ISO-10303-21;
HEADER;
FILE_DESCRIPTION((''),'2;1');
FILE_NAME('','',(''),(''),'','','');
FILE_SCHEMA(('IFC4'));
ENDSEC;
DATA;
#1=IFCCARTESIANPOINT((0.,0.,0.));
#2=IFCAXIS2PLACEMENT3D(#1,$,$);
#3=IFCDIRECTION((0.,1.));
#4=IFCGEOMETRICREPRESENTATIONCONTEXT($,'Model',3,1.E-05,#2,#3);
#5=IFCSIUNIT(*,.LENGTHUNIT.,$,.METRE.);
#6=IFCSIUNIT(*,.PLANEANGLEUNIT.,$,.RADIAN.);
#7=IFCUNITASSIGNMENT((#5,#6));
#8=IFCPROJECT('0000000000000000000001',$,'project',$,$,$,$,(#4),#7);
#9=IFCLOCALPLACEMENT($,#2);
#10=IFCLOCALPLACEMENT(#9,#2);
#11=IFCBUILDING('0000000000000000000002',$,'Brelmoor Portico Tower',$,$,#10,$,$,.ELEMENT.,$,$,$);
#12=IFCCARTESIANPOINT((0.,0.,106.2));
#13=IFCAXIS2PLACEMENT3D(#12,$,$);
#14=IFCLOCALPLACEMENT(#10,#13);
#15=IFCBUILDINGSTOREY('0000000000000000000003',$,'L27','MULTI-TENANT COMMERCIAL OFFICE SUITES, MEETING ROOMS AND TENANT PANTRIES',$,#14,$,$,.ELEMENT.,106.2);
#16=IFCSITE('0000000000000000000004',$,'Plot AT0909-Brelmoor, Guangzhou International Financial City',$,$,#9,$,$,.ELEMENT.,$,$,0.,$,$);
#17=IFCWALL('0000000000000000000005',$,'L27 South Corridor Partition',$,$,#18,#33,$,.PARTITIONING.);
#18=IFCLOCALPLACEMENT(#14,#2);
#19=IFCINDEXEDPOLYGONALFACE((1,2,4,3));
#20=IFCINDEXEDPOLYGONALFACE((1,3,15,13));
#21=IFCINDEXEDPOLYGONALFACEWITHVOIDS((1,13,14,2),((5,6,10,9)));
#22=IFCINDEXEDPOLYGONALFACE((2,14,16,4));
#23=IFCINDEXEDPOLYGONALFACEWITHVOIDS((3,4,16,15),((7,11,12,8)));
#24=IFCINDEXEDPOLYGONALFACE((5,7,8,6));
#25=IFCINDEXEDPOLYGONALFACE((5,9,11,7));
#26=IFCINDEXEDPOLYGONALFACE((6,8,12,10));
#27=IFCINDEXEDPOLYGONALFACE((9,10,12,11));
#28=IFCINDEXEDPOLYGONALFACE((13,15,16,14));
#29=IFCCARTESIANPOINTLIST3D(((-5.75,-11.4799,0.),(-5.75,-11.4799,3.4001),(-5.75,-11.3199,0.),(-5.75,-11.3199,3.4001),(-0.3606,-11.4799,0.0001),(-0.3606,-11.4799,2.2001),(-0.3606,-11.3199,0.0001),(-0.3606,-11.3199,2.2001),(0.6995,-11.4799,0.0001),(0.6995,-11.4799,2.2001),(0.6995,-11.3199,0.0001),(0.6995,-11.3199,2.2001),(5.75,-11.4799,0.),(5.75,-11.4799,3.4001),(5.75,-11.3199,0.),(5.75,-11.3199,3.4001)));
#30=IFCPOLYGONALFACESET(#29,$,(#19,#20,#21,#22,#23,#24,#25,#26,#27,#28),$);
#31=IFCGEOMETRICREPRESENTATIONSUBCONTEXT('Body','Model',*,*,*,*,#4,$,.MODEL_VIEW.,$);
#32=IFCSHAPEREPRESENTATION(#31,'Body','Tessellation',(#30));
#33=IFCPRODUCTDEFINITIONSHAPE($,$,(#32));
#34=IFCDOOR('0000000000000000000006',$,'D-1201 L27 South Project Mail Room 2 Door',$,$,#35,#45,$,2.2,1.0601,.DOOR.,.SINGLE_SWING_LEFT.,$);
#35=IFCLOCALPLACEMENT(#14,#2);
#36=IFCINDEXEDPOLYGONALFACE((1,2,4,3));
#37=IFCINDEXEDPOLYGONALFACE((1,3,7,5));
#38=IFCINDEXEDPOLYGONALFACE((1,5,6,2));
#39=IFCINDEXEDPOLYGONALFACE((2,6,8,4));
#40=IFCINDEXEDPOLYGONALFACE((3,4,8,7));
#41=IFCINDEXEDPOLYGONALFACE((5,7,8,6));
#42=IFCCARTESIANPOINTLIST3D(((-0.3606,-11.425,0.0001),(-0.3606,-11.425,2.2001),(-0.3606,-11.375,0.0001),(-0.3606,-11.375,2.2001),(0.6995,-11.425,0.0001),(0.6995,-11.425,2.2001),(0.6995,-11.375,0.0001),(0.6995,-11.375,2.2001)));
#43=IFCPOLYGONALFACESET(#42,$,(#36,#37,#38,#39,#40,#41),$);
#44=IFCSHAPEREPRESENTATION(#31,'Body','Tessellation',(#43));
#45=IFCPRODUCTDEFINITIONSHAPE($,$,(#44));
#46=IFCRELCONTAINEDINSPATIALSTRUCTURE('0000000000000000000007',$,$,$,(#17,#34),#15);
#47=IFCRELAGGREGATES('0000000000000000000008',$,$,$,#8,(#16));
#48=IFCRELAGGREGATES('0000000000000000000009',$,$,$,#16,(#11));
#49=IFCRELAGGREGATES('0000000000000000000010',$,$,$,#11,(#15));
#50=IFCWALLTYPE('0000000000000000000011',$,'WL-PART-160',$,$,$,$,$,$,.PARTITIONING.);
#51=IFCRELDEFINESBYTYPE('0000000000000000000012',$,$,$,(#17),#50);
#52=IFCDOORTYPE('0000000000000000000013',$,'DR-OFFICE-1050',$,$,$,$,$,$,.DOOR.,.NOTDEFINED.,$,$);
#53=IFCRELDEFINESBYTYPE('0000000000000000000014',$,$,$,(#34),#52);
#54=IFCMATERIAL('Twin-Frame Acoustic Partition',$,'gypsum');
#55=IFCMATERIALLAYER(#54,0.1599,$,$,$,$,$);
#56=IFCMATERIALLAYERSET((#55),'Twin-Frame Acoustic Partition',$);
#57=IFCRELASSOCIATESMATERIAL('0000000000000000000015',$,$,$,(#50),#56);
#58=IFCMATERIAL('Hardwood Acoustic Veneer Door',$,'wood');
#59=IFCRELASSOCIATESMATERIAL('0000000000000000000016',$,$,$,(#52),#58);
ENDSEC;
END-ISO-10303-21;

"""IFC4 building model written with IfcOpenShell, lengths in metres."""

from ifc_helpers import new_model, si_unit, direction, frame, frame_2d, origin, place, context, subcontext, project, spatial, rectangle, extrude, material, layer, layer_set, type_object, element, fill, save


model = new_model("IFC4")

# Units and contexts
model_context = context("Model", 3, precision=1e-05, world=origin(), true_north=direction((0.0, 1.0)))
body_context = subcontext(model_context, "Body", "Model", "MODEL_VIEW")
ifc_project = project(units=[si_unit("LENGTHUNIT", "METRE"), si_unit("PLANEANGLEUNIT", "RADIAN")], contexts=[model_context])

# Site, building, storey
site_placement = place(None, origin())
site = spatial("IfcSite", under=ifc_project, at=site_placement, Name="Plot AT0909-Brelmoor, Guangzhou International Financial City", CompositionType="ELEMENT", RefElevation=0.0)
building_placement = place(site_placement, origin())
building = spatial("IfcBuilding", under=site, at=building_placement, Name="Brelmoor Portico Tower", CompositionType="ELEMENT")
storey_placement = place(building_placement, frame((0.0, 0.0, 106.2)))
storey = spatial("IfcBuildingStorey", under=building, at=storey_placement, Name="L27", Description="MULTI-TENANT COMMERCIAL OFFICE SUITES, MEETING ROOMS AND TENANT PANTRIES", CompositionType="ELEMENT", Elevation=106.2)

# Wall, opening, door
ifc_material_1 = material(Name="Twin-Frame Acoustic Partition", Category="gypsum")
ifc_layer_1 = layer(ifc_material_1, 0.1599)
ifc_layer_set_1 = layer_set([ifc_layer_1], Name="Twin-Frame Acoustic Partition")
wall_type_1 = type_object("IfcWallType", Name="WL-PART-160", PredefinedType="PARTITIONING", material=ifc_layer_set_1)
wall_1_placement = place(storey_placement, frame((-5.75, -11.3999, 0.0), z_axis=(0.0, 0.0, 1.0), x_axis=(1.0, 0.0, 0.0)))
wall_1 = element("IfcWall", 1, at=wall_1_placement, inside=storey, type_object=wall_type_1, Name="L27 South Corridor Partition", PredefinedType="PARTITIONING", context=body_context, shape_type="SweptSolid", body=[
    extrude(rectangle(XDim=11.5, YDim=0.1599, at=frame_2d((5.75, 0.0))), origin(), (0.0, 0.0, 1.0), 3.4001),
])
opening_1_placement = place(wall_1_placement, frame((5.3894, 0.0, 0.0)))
opening_1 = element("IfcOpeningElement", 2, at=opening_1_placement, cuts=wall_1, PredefinedType="OPENING", context=body_context, shape_type="SweptSolid", body=[
    extrude(rectangle(XDim=1.0601, YDim=2.2, at=frame_2d((0.53, 1.1001))), frame((0.0, 0.0898, 0.0), z_axis=(0.0, -1.0, 0.0), x_axis=(1.0, 0.0, 0.0)), (0.0, 0.0, 1.0), 0.1799),
])
ifc_material_2 = material(Name="Hardwood Acoustic Veneer Door", Category="wood")
door_type_1 = type_object("IfcDoorType", Name="DR-OFFICE-1050", OperationType="NOTDEFINED", PredefinedType="DOOR", material=ifc_material_2)
door_1_placement = place(opening_1_placement, origin())
door_1 = element("IfcDoor", 3, at=door_1_placement, inside=storey, type_object=door_type_1, Name="D-1201 L27 South Project Mail Room 2 Door", OperationType="SINGLE_SWING_LEFT", OverallHeight=2.2, OverallWidth=1.0601, PredefinedType="DOOR", context=body_context, shape_type="SweptSolid", body=[
    extrude(rectangle(XDim=1.0601, YDim=2.2, at=frame_2d((0.53, 1.1001))), frame((0.0, 0.0249, 0.0), z_axis=(0.0, -1.0, 0.0), x_axis=(1.0, 0.0, 0.0)), (0.0, 0.0, 1.0), 0.05),
])
fill(opening_1, door_1)

save(model, "model.ifc")
